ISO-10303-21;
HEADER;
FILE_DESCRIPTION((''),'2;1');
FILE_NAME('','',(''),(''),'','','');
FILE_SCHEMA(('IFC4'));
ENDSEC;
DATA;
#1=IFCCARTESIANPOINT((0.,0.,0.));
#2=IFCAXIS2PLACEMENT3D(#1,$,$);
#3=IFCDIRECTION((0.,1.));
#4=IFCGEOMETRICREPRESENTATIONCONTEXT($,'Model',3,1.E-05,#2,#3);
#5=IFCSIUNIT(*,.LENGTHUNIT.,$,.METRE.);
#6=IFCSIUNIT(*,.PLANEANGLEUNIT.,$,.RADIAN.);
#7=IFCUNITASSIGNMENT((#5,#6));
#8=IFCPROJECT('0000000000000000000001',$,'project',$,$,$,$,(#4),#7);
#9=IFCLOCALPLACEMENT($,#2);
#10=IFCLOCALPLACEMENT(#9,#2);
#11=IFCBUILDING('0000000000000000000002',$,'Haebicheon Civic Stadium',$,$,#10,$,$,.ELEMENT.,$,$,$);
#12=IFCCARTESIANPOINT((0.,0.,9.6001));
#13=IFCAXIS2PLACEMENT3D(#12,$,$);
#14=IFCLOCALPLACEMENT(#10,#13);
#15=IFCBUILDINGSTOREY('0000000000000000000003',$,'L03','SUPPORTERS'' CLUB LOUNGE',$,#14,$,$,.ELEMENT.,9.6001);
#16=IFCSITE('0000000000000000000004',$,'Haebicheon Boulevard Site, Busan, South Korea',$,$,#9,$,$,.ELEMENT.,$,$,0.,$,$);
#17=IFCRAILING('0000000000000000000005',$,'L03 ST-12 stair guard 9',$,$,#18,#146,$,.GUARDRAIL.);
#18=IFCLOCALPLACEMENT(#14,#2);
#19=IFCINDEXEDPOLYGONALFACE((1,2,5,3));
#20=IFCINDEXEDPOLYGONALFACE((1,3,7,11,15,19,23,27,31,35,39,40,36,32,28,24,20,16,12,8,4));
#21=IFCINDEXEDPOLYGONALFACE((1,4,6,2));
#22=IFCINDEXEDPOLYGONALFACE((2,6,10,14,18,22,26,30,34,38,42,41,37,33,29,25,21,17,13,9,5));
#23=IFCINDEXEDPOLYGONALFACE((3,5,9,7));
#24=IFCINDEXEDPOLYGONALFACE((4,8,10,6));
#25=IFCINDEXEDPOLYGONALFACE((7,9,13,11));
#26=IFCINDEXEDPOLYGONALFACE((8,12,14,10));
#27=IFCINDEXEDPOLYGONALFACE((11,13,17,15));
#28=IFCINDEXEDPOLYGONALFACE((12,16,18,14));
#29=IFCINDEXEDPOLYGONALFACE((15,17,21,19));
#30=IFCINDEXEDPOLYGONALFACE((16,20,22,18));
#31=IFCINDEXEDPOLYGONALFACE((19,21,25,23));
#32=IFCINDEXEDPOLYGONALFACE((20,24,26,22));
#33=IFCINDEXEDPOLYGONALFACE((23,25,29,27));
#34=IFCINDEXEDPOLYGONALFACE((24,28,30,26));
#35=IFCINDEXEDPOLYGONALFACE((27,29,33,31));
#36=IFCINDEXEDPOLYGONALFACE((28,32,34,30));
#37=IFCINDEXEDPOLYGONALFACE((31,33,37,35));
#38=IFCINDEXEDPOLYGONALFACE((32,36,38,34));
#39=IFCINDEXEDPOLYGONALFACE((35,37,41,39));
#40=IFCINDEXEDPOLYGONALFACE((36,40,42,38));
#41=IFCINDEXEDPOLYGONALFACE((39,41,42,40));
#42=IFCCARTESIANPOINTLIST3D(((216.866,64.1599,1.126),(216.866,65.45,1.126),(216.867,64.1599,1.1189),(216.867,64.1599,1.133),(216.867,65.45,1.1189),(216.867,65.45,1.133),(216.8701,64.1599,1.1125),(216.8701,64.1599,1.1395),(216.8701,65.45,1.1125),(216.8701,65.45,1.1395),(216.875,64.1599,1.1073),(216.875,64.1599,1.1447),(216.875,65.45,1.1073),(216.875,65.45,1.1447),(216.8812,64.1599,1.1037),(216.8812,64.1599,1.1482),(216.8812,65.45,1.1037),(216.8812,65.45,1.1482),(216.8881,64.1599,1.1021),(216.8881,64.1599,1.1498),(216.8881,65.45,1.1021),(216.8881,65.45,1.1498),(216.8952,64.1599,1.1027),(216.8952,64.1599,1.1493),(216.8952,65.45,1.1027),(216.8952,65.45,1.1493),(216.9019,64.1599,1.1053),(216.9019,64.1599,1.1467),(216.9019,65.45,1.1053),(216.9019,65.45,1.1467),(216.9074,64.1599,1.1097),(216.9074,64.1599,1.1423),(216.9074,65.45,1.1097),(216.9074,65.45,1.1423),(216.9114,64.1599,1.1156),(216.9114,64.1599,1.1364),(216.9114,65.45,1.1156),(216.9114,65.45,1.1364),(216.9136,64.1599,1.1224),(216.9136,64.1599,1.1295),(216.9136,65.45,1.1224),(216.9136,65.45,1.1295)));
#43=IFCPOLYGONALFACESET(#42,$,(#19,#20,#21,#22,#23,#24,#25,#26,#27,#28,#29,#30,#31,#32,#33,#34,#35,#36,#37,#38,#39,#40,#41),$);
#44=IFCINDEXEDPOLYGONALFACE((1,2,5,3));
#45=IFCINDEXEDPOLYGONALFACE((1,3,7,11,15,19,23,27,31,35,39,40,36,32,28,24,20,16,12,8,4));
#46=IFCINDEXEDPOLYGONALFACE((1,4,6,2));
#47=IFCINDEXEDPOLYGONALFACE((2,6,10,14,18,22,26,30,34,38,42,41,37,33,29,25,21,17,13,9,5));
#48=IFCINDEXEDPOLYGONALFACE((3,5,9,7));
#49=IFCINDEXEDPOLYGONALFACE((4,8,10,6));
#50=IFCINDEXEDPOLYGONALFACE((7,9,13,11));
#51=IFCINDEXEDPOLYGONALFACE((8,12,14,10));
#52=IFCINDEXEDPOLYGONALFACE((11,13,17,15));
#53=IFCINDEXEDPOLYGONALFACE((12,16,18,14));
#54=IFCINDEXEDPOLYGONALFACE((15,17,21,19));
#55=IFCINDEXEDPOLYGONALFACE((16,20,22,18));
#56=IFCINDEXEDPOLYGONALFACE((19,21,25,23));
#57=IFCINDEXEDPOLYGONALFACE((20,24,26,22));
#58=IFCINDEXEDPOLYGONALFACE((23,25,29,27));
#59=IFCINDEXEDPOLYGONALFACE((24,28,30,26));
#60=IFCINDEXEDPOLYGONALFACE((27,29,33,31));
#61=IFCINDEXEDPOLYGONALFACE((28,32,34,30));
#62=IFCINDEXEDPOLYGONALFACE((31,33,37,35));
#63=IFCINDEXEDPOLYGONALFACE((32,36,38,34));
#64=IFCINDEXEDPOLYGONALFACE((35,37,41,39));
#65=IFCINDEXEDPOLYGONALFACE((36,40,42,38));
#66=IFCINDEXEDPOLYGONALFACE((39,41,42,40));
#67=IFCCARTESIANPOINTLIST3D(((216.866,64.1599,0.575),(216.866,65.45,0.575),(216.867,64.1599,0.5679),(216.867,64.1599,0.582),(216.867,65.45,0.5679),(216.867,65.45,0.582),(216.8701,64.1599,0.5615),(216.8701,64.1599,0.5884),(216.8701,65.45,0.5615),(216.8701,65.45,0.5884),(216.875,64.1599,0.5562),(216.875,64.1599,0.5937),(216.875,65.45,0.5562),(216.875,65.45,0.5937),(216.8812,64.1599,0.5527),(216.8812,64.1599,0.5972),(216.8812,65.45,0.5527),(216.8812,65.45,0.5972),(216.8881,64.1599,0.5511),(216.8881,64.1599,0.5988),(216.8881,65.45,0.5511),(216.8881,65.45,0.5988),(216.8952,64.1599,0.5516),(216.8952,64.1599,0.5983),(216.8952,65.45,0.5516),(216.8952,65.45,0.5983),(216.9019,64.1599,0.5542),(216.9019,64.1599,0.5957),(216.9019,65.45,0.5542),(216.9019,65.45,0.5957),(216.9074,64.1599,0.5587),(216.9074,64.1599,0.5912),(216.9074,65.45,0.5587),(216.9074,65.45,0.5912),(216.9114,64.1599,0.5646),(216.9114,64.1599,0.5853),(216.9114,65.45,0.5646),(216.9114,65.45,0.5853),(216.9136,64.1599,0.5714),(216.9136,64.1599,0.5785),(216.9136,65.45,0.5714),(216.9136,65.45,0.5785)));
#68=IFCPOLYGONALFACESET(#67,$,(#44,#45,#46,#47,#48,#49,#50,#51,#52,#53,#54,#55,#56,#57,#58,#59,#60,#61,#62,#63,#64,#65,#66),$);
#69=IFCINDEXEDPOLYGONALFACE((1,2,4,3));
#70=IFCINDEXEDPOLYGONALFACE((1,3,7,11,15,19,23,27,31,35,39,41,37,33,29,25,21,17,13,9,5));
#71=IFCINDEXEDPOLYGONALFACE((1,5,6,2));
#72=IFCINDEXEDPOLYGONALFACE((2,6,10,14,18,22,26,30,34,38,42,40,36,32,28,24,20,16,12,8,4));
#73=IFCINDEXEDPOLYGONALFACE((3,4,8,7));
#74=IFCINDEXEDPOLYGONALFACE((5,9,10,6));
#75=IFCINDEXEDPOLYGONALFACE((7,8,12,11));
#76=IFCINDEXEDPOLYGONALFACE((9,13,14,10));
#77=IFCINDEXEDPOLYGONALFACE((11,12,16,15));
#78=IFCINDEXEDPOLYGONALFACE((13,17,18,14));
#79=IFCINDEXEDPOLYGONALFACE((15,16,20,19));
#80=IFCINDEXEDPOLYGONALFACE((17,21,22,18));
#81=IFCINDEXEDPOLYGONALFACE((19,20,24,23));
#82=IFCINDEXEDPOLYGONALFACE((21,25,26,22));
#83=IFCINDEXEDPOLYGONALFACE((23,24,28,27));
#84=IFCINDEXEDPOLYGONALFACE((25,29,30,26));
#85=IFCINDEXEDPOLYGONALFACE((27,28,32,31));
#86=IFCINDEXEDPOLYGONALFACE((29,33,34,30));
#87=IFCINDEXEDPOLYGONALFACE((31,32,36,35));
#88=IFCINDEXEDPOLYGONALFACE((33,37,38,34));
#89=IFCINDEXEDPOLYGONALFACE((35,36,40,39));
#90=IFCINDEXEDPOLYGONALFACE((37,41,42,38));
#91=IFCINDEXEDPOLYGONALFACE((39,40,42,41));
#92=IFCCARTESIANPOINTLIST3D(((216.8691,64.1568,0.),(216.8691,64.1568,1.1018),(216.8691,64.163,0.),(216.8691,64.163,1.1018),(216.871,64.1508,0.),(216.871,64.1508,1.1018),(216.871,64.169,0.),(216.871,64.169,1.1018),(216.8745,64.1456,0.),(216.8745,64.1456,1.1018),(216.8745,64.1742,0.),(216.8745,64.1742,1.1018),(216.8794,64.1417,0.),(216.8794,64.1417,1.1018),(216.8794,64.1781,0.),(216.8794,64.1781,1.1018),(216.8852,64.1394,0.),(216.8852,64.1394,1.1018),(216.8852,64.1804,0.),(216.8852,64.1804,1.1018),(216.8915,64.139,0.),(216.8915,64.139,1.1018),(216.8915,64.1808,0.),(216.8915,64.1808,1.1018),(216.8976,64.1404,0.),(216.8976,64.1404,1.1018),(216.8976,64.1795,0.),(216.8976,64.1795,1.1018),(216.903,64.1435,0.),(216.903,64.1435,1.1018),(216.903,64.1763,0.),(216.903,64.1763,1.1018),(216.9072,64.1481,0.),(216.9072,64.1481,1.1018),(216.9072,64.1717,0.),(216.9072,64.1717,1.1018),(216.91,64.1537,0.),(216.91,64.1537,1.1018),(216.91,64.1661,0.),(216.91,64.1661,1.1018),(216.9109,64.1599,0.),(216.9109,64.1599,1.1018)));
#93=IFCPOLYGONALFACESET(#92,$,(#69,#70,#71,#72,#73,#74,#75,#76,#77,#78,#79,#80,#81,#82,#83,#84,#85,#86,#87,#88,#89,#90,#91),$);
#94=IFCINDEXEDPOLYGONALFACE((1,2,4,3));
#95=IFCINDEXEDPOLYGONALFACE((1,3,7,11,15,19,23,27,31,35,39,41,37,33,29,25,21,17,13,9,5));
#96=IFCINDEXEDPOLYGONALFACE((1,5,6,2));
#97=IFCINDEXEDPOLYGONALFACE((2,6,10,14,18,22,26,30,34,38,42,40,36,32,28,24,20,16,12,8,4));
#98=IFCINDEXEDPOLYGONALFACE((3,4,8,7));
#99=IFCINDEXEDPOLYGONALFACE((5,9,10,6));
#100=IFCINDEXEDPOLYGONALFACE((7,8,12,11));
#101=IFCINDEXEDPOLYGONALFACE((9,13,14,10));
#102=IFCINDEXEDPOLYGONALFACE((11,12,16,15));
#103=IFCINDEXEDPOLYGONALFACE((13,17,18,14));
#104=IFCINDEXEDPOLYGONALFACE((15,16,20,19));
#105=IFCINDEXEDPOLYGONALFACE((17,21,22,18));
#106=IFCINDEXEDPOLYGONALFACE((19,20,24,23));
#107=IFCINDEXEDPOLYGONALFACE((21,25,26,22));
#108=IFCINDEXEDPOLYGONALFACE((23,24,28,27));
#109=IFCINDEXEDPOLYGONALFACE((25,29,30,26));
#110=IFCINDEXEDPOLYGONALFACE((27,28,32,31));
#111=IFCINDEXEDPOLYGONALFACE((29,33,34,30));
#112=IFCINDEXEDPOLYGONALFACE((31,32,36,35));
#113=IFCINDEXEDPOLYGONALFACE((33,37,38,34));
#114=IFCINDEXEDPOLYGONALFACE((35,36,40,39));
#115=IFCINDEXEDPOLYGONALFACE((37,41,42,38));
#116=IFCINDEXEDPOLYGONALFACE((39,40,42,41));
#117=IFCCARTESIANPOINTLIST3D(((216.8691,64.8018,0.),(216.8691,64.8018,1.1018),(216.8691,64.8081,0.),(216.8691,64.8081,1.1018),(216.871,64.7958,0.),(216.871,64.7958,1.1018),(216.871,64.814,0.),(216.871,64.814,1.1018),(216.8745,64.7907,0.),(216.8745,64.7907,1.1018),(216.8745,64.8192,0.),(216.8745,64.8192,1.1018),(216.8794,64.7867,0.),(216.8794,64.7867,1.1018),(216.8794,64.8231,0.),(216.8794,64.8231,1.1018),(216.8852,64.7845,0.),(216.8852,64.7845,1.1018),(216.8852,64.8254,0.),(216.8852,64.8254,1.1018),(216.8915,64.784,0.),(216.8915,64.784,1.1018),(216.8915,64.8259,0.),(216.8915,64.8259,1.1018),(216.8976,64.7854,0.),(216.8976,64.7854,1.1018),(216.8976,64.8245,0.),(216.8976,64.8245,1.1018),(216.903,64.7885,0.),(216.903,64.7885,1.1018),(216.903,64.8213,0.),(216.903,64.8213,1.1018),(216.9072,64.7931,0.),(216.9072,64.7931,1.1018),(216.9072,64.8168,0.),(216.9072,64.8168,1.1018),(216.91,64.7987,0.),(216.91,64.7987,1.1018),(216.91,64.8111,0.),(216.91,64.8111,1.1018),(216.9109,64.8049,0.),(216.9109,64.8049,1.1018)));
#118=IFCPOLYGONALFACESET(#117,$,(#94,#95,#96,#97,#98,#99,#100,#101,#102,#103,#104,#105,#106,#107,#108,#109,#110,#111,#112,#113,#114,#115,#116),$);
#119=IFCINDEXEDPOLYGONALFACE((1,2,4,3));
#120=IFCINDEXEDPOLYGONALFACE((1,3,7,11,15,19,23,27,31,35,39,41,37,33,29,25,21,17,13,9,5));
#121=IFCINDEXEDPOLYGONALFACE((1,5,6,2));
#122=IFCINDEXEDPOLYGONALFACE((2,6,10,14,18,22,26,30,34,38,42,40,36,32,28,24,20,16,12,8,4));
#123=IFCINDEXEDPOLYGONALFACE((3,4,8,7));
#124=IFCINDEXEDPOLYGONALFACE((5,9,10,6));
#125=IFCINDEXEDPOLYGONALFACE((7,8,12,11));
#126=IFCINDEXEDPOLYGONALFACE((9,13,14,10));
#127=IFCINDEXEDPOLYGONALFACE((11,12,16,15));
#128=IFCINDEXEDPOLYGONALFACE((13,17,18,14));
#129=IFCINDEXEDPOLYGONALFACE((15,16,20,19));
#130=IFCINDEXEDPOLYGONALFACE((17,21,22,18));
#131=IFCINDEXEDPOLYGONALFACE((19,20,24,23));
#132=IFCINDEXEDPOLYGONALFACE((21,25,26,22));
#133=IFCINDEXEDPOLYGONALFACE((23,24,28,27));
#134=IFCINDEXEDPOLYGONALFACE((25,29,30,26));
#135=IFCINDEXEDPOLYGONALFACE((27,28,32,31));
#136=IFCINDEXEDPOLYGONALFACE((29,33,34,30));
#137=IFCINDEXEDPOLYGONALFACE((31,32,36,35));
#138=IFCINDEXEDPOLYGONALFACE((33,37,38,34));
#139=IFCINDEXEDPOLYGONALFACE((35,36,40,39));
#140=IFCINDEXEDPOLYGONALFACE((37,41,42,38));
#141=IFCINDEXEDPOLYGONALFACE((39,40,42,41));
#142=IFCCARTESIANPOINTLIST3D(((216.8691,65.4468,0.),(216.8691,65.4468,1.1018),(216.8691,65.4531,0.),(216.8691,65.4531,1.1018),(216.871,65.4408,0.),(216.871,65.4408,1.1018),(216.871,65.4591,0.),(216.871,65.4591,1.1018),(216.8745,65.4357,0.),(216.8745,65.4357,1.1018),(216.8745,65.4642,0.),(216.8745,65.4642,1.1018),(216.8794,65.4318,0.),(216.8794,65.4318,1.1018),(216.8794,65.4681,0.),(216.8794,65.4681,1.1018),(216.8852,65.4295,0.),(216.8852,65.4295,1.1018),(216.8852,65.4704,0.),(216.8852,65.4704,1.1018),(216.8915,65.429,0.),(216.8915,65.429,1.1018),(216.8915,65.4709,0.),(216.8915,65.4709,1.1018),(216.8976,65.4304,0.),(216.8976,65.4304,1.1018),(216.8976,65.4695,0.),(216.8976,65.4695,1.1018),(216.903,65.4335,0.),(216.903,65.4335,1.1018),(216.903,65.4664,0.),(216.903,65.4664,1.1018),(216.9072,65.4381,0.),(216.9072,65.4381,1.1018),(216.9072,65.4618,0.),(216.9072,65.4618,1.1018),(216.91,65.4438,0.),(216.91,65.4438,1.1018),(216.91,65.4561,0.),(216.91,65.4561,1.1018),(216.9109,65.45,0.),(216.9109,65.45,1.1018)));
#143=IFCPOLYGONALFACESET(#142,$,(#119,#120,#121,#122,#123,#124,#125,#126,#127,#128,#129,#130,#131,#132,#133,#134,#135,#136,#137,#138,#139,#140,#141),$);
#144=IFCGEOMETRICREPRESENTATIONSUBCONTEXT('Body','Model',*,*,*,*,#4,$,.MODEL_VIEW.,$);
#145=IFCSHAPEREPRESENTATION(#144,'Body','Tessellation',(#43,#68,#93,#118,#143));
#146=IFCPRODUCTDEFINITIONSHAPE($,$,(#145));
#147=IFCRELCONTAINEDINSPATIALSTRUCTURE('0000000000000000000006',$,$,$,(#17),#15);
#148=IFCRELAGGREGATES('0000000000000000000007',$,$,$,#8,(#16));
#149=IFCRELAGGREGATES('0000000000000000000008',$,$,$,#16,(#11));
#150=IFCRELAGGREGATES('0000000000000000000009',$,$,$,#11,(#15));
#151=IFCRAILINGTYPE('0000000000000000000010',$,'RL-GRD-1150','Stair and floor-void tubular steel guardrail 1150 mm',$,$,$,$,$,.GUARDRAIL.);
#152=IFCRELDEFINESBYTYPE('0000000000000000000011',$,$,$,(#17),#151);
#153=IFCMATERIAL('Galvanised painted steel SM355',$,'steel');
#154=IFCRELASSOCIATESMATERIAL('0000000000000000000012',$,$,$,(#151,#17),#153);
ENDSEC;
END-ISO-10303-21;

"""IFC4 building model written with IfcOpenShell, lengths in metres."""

from ifc_helpers import new_model, si_unit, direction, frame, origin, origin_2d, place, context, subcontext, project, spatial, circle, extrude, material, type_object, element, save


model = new_model("IFC4")

# Units and contexts
model_context = context("Model", 3, precision=1e-05, world=origin(), true_north=direction((0.0, 1.0)))
body_context = subcontext(model_context, "Body", "Model", "MODEL_VIEW")
ifc_project = project(units=[si_unit("LENGTHUNIT", "METRE"), si_unit("PLANEANGLEUNIT", "RADIAN")], contexts=[model_context])

# Site, building, storey
site_placement = place(None, origin())
site = spatial("IfcSite", under=ifc_project, at=site_placement, Name="Haebicheon Boulevard Site, Busan, South Korea", CompositionType="ELEMENT", RefElevation=0.0)
building_placement = place(site_placement, origin())
building = spatial("IfcBuilding", under=site, at=building_placement, Name="Haebicheon Civic Stadium", CompositionType="ELEMENT")
storey_placement = place(building_placement, frame((0.0, 0.0, 9.6001)))
storey = spatial("IfcBuildingStorey", under=building, at=storey_placement, Name="L03", Description="SUPPORTERS' CLUB LOUNGE", CompositionType="ELEMENT", Elevation=9.6001)

# Railing
ifc_material_1 = material(Name="Galvanised painted steel SM355", Category="steel")
railing_type = type_object("IfcRailingType", Name="RL-GRD-1150", Description="Stair and floor-void tubular steel guardrail 1150 mm", PredefinedType="GUARDRAIL", material=ifc_material_1)
for number, where, name in (
    (1, (216.8899, 64.1599, 0.0), "L03 ST-12 stair guard 9"),
):
    element("IfcRailing", number, at=place(storey_placement, frame(where)), inside=storey, type_object=railing_type, material=ifc_material_1, Name=name, PredefinedType="GUARDRAIL", context=body_context, shape_type="SweptSolid", body=[
        extrude(circle(Radius=0.0239, at=origin_2d()), frame((0.0, 0.0, 1.126), z_axis=(0.0, 1.0, 0.0), x_axis=(-1.0, 0.0, 0.0)), (0.0, 0.0, 1.0), 1.29),
        extrude(circle(Radius=0.0239, at=origin_2d()), frame((0.0, 0.0, 0.575), z_axis=(0.0, 1.0, 0.0), x_axis=(-1.0, 0.0, 0.0)), (0.0, 0.0, 1.0), 1.29),
        extrude(circle(Radius=0.021, at=origin_2d()), origin(), (0.0, 0.0, 1.0), 1.1018),
        extrude(circle(Radius=0.021, at=origin_2d()), frame((0.0, 0.645, 0.0)), (0.0, 0.0, 1.0), 1.1018),
        extrude(circle(Radius=0.021, at=origin_2d()), frame((0.0, 1.29, 0.0)), (0.0, 0.0, 1.0), 1.1018),
    ])

save(model, "model.ifc")
